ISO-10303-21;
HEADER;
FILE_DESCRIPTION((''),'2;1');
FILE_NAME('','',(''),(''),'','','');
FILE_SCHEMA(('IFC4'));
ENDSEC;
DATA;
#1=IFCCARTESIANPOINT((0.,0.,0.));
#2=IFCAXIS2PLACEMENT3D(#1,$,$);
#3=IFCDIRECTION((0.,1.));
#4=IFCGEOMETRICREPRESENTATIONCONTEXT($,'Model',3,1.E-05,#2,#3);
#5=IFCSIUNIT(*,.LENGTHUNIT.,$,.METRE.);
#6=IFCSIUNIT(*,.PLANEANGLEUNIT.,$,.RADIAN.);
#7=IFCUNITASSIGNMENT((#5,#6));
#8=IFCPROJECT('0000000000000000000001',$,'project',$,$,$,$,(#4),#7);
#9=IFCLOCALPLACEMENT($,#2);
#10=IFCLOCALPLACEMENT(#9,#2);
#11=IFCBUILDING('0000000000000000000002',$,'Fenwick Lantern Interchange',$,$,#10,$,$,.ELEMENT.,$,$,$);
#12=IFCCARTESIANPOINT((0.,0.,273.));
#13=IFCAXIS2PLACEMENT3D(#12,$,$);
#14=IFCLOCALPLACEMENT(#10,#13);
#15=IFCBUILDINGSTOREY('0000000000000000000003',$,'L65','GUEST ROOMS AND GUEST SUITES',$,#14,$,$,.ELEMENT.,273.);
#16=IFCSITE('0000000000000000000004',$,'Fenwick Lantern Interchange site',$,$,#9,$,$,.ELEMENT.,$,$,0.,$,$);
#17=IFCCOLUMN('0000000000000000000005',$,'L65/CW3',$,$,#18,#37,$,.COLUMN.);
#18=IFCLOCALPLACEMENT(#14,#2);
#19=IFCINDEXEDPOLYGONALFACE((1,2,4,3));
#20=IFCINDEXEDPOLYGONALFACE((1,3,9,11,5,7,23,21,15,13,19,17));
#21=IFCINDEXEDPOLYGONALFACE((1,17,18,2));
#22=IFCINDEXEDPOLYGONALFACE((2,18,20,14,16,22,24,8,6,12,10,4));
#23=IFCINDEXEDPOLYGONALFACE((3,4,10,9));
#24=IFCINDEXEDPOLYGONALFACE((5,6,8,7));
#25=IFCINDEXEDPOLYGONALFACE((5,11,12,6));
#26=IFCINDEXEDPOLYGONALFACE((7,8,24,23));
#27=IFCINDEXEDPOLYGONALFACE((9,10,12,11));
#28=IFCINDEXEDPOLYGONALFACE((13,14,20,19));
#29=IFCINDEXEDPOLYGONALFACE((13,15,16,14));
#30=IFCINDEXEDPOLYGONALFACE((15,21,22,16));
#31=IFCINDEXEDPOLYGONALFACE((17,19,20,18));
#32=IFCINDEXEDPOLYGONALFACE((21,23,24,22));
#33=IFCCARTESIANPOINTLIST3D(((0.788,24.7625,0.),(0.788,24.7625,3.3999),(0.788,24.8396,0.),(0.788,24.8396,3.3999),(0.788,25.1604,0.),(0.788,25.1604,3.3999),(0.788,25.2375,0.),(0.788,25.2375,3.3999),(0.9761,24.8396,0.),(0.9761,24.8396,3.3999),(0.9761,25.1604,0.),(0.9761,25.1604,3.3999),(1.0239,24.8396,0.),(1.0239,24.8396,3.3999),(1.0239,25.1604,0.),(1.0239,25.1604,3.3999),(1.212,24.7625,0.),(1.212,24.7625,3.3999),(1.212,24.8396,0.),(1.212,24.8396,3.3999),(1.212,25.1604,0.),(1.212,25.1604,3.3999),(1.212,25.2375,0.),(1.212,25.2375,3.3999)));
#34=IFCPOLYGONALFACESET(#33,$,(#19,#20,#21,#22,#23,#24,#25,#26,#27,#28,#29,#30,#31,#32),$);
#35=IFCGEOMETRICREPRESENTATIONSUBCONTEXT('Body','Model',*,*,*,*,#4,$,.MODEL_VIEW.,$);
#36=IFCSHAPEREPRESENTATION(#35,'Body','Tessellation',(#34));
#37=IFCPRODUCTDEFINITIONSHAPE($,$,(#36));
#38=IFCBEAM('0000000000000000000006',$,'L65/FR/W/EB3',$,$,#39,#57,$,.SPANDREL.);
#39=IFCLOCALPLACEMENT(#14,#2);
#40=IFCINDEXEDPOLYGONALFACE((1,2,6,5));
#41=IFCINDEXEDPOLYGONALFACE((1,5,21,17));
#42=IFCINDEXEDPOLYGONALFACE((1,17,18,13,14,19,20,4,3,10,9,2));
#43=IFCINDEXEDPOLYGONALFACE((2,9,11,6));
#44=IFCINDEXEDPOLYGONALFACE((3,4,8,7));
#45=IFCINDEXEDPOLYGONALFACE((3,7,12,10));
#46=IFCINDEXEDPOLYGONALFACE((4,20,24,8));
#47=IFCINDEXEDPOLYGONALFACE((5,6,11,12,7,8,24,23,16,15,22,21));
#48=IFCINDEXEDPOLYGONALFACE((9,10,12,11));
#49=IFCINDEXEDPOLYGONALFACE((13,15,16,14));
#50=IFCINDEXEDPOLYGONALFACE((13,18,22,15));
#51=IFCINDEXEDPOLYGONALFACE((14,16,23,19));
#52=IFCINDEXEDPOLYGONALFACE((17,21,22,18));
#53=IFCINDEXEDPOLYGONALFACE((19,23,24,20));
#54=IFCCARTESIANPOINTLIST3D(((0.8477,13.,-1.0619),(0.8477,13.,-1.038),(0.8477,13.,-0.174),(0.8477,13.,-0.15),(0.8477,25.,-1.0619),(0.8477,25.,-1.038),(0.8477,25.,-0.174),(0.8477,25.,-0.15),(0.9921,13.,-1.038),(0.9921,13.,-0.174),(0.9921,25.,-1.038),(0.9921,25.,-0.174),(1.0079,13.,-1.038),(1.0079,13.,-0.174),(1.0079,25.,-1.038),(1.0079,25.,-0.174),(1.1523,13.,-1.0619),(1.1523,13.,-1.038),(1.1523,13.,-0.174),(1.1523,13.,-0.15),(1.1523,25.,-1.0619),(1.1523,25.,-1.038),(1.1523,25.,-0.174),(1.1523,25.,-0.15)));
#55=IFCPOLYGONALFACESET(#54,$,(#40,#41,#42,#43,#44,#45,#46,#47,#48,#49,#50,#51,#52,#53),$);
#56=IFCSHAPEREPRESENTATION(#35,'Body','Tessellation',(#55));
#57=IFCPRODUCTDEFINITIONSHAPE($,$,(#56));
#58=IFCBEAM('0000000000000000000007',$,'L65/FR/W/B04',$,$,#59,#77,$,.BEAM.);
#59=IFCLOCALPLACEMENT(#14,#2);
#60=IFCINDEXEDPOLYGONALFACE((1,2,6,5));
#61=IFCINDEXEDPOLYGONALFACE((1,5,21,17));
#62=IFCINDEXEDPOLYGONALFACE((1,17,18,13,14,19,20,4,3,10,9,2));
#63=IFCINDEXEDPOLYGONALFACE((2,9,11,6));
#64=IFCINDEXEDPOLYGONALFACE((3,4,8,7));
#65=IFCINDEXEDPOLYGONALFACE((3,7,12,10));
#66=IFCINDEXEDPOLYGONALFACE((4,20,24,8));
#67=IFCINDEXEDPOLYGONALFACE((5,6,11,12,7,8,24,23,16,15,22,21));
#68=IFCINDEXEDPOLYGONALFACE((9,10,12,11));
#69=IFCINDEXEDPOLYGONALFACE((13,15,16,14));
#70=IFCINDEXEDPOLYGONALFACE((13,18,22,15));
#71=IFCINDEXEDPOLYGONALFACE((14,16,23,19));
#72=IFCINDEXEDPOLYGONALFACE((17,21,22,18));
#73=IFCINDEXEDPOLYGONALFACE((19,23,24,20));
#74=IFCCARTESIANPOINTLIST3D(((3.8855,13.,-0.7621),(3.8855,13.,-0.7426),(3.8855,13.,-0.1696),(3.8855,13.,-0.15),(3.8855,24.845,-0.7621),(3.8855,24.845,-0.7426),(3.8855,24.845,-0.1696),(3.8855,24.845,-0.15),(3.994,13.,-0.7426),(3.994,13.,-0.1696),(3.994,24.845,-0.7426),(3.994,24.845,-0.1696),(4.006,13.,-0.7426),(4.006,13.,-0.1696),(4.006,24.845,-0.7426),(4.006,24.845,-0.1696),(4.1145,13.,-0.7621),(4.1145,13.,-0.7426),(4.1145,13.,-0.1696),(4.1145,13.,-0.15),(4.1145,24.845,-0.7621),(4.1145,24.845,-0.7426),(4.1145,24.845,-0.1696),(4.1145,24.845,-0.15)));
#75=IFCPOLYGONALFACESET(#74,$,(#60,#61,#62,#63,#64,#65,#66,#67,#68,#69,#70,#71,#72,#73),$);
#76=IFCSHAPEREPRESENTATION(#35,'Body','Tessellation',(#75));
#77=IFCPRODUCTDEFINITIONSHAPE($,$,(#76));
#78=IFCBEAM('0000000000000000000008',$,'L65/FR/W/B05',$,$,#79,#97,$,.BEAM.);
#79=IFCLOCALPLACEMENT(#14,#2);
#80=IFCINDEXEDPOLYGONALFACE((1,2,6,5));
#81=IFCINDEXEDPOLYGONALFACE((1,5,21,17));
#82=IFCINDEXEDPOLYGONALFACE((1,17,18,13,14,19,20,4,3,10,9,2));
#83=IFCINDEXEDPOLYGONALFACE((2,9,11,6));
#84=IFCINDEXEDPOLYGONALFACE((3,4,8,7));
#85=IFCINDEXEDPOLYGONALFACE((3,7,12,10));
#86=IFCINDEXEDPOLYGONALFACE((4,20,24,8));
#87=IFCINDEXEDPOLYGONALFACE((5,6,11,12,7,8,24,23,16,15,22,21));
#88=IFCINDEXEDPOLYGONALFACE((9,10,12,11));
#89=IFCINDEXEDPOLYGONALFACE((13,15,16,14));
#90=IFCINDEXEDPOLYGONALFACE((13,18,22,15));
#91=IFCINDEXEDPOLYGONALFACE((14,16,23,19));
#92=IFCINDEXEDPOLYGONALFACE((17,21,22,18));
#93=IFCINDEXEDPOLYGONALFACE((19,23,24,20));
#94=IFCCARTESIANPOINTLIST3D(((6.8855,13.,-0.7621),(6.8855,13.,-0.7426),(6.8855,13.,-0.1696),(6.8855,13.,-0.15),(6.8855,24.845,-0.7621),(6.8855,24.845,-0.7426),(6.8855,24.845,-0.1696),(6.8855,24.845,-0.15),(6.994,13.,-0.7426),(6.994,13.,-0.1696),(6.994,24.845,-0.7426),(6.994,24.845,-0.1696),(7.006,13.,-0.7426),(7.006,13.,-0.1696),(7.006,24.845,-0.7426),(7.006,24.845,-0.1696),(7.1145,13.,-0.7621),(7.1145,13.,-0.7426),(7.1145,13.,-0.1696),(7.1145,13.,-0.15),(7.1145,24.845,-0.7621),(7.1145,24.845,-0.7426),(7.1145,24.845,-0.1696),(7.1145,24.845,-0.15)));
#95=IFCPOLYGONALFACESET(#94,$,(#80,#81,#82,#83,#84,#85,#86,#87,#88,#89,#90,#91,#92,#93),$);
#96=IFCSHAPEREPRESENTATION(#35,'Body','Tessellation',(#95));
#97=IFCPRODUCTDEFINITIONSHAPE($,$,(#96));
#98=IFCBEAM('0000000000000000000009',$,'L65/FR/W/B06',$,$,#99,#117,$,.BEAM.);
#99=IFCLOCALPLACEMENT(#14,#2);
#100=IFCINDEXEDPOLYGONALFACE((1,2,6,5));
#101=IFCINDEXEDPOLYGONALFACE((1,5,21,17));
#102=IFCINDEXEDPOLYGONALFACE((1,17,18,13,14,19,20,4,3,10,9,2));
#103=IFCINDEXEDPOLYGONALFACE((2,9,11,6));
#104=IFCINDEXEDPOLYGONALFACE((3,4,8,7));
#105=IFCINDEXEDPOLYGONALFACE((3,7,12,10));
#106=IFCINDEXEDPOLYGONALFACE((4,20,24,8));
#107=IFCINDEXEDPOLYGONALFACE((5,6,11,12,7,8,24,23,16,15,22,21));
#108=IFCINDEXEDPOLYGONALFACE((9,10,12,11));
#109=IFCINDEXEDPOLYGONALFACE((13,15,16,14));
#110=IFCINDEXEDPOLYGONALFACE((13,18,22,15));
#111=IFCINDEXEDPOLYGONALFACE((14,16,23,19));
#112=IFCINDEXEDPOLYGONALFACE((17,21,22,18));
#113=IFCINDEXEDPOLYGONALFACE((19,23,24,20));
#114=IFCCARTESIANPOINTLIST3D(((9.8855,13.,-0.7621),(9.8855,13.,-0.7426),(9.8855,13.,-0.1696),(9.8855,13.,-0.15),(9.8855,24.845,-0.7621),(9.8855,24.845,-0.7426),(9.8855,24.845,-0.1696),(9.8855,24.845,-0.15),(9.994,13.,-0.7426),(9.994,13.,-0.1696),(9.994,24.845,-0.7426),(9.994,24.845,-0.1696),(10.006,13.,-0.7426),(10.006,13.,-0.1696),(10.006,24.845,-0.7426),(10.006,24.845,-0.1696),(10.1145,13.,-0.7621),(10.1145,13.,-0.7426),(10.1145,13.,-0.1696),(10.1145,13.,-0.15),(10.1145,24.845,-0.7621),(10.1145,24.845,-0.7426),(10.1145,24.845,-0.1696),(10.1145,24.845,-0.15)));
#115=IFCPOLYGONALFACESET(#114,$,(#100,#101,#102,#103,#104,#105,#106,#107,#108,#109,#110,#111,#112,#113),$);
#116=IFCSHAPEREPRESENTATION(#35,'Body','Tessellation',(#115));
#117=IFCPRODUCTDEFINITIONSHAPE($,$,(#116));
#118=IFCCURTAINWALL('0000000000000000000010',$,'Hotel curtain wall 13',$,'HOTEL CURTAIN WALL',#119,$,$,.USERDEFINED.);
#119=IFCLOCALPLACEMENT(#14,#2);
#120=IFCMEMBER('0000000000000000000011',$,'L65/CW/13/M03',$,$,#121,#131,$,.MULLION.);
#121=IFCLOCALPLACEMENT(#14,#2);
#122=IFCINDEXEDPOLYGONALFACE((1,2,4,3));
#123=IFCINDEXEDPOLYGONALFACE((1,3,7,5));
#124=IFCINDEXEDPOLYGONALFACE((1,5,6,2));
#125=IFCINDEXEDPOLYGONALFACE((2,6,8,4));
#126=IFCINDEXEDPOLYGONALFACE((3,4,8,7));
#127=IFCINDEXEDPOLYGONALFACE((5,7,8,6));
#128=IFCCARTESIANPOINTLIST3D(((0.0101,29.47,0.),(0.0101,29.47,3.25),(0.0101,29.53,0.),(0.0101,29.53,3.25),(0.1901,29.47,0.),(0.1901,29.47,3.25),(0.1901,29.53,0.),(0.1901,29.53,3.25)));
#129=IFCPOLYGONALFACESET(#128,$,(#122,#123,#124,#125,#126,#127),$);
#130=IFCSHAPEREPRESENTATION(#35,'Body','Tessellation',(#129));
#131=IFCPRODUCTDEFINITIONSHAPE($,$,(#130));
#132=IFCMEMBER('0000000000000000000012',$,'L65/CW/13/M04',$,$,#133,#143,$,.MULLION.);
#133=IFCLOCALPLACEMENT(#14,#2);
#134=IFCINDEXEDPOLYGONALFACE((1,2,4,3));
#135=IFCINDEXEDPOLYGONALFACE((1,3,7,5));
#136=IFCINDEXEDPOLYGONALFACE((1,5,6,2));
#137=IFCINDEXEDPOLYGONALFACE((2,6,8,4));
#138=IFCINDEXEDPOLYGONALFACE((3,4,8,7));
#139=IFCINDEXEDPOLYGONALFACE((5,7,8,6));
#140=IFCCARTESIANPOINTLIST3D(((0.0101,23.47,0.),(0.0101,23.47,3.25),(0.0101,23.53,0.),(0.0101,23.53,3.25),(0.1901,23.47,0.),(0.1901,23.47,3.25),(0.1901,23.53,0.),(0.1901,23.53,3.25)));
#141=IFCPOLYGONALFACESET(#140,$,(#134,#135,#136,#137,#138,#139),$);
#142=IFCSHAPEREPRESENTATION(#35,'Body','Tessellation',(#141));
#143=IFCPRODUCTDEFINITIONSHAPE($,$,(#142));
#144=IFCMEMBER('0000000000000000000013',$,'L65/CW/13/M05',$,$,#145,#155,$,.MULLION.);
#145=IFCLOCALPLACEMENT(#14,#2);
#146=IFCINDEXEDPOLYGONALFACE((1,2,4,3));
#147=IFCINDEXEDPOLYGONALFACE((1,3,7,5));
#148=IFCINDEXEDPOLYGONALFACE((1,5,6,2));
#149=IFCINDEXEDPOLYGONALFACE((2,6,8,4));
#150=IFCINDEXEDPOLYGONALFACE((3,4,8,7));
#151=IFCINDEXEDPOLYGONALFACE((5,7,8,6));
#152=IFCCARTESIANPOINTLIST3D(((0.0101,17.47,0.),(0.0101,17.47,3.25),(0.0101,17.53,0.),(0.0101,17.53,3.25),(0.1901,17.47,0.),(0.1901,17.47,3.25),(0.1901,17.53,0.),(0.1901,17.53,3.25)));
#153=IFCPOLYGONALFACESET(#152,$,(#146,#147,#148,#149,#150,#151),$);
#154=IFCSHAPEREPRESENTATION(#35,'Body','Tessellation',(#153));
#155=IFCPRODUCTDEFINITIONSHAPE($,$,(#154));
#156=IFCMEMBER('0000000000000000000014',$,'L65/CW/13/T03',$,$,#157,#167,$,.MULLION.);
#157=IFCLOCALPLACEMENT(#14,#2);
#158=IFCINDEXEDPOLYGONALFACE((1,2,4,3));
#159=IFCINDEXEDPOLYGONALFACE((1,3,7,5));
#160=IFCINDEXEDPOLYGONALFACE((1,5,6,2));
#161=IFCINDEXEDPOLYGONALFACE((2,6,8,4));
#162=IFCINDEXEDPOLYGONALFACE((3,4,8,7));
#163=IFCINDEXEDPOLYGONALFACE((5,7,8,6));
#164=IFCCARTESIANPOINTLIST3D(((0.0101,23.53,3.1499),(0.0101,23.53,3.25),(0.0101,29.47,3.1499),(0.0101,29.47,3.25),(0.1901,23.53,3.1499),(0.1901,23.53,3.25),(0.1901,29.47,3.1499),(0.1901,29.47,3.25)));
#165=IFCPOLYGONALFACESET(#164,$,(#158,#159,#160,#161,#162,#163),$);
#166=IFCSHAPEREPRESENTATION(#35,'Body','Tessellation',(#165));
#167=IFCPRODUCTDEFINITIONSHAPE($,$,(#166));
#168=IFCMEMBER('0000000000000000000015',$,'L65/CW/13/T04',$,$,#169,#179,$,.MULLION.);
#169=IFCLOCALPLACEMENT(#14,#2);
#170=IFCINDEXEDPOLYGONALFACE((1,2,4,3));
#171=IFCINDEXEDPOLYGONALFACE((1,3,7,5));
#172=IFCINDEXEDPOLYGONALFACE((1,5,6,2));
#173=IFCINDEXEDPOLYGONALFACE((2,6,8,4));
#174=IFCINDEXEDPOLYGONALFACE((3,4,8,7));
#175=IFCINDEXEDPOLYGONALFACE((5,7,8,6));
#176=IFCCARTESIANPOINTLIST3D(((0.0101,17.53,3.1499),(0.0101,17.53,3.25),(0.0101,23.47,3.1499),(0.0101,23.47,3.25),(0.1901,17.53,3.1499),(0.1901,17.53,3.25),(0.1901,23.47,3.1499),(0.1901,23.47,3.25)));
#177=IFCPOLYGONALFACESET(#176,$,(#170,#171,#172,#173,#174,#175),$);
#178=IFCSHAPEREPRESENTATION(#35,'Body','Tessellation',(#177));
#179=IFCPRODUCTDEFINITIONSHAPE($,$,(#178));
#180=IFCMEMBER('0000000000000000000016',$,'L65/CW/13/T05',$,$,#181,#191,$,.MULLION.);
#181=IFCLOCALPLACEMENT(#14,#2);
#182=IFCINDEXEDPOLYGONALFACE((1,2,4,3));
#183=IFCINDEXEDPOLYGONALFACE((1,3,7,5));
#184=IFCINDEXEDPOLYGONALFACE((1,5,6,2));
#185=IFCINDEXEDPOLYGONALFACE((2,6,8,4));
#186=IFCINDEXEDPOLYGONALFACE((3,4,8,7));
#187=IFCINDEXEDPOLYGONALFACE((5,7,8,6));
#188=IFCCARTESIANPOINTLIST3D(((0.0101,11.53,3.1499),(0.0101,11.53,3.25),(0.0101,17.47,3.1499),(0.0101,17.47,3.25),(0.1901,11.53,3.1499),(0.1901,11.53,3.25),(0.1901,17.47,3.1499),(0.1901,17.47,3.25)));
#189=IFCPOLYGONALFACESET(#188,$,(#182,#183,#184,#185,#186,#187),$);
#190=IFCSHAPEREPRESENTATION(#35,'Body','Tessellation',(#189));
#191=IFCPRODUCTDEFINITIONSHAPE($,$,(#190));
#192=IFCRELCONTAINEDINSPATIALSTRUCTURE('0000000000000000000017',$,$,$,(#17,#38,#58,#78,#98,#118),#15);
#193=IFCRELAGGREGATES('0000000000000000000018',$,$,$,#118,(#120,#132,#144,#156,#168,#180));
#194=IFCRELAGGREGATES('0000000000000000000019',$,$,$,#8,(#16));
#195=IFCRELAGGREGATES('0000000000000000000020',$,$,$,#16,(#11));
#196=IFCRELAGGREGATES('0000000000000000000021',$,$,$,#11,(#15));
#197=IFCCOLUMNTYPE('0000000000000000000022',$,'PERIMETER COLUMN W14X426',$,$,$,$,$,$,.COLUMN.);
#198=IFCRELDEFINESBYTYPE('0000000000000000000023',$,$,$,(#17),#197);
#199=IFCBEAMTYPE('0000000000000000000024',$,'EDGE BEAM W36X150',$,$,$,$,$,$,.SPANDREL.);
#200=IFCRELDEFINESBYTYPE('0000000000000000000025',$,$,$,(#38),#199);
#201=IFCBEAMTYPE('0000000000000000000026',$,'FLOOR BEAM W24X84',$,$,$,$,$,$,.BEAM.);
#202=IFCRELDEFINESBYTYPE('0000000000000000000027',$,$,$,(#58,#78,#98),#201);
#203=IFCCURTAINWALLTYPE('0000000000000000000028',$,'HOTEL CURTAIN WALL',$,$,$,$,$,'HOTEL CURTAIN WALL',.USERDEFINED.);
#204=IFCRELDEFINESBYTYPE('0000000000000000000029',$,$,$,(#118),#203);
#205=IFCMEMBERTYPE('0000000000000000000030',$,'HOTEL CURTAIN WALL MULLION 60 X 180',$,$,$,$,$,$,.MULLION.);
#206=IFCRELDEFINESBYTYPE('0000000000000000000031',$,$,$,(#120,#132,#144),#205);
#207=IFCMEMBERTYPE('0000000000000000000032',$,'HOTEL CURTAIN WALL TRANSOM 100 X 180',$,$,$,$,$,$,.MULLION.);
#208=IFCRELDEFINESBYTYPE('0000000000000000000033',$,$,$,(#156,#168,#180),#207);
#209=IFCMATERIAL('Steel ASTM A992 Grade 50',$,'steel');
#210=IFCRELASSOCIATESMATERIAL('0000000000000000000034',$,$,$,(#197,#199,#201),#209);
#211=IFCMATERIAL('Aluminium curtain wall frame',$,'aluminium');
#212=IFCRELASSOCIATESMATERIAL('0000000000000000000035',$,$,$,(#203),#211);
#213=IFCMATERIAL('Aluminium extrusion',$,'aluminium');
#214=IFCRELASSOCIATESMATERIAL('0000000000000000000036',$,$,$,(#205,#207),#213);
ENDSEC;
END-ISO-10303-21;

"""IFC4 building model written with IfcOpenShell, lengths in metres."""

from ifc_helpers import new_model, si_unit, direction, frame, origin, origin_2d, place, context, subcontext, project, spatial, rectangle, i_section, extrude, material, material_profile, profile_set, type_object, element, aggregate, save


model = new_model("IFC4")

# Units and contexts
model_context = context("Model", 3, precision=1e-05, world=origin(), true_north=direction((0.0, 1.0)))
body_context = subcontext(model_context, "Body", "Model", "MODEL_VIEW")
ifc_project = project(units=[si_unit("LENGTHUNIT", "METRE"), si_unit("PLANEANGLEUNIT", "RADIAN")], contexts=[model_context])

# Site, building, storey
site_placement = place(None, origin())
site = spatial("IfcSite", under=ifc_project, at=site_placement, Name="Fenwick Lantern Interchange site", CompositionType="ELEMENT", RefElevation=0.0)
building_placement = place(site_placement, origin())
building = spatial("IfcBuilding", under=site, at=building_placement, Name="Fenwick Lantern Interchange", CompositionType="ELEMENT")
storey_placement = place(building_placement, frame((0.0, 0.0, 273.0)))
storey = spatial("IfcBuildingStorey", under=building, at=storey_placement, Name="L65", Description="GUEST ROOMS AND GUEST SUITES", CompositionType="ELEMENT", Elevation=273.0)

# Column
ifc_material_1 = material(Name="Steel ASTM A992 Grade 50", Category="steel")
ifc_material_profile_1 = material_profile(ifc_material_1, i_section(OverallWidth=0.4241, OverallDepth=0.4751, WebThickness=0.0479, FlangeThickness=0.0771, at=origin_2d()), Name="W14X426")
ifc_profile_set_1 = profile_set([ifc_material_profile_1], Name="Steel ASTM A992 Grade 50")
column_type = type_object("IfcColumnType", Name="PERIMETER COLUMN W14X426", PredefinedType="COLUMN", material=ifc_profile_set_1)
column_placement = place(storey_placement, frame((1.0, 25.0, 0.0), z_axis=(0.0, 0.0, 1.0), x_axis=(1.0, 0.0, 0.0)))
element("IfcColumn", 1, at=column_placement, inside=storey, type_object=column_type, Name="L65/CW3", PredefinedType="COLUMN", context=body_context, shape_type="SweptSolid", body=[
    extrude(i_section(OverallWidth=0.4241, OverallDepth=0.4751, WebThickness=0.0479, FlangeThickness=0.0771, at=origin_2d()), origin(), (0.0, 0.0, 1.0), 3.3999),
])

# Beams
ifc_material_profile_2 = material_profile(ifc_material_1, i_section(OverallWidth=0.3047, OverallDepth=0.9119, WebThickness=0.0159, FlangeThickness=0.0239, at=origin_2d()), Name="W36X150")
ifc_profile_set_2 = profile_set([ifc_material_profile_2], Name="Steel ASTM A992 Grade 50")
beam_type_1 = type_object("IfcBeamType", Name="EDGE BEAM W36X150", PredefinedType="SPANDREL", material=ifc_profile_set_2)
beam_1_placement = place(storey_placement, frame((1.0, 25.0, -0.606), z_axis=(0.0, -1.0, 0.0), x_axis=(1.0, 0.0, 0.0)))
element("IfcBeam", 2, at=beam_1_placement, inside=storey, type_object=beam_type_1, Name="L65/FR/W/EB3", PredefinedType="SPANDREL", context=body_context, shape_type="SweptSolid", body=[
    extrude(i_section(OverallWidth=0.3047, OverallDepth=0.9119, WebThickness=0.0159, FlangeThickness=0.0239, at=origin_2d()), origin(), (0.0, 0.0, 1.0), 12.0),
])
ifc_material_profile_3 = material_profile(ifc_material_1, i_section(OverallWidth=0.229, OverallDepth=0.6121, WebThickness=0.012, FlangeThickness=0.0195, at=origin_2d()), Name="W24X84")
ifc_profile_set_3 = profile_set([ifc_material_profile_3], Name="Steel ASTM A992 Grade 50")
beam_type_2 = type_object("IfcBeamType", Name="FLOOR BEAM W24X84", PredefinedType="BEAM", material=ifc_profile_set_3)
for number, where, z_axis, x_axis, name in (
    (3, (4.0, 24.845, -0.4561), (0.0, -1.0, 0.0), (1.0, 0.0, 0.0), "L65/FR/W/B04"),
    (4, (7.0, 24.845, -0.4561), (0.0, -1.0, 0.0), (1.0, 0.0, 0.0), "L65/FR/W/B05"),
    (5, (10.0, 24.845, -0.4561), (0.0, -1.0, 0.0), (1.0, 0.0, 0.0), "L65/FR/W/B06"),
):
    element("IfcBeam", number, at=place(storey_placement, frame(where, z_axis=z_axis, x_axis=x_axis)), inside=storey, type_object=beam_type_2, Name=name, PredefinedType="BEAM", context=body_context, shape_type="SweptSolid", body=[
        extrude(i_section(OverallWidth=0.229, OverallDepth=0.6121, WebThickness=0.012, FlangeThickness=0.0195, at=origin_2d()), origin(), (0.0, 0.0, 1.0), 11.845),
    ])

# Curtain wall, members
ifc_material_2 = material(Name="Aluminium curtain wall frame", Category="aluminium")
curtain_wall_type = type_object("IfcCurtainWallType", Name="HOTEL CURTAIN WALL", ElementType="HOTEL CURTAIN WALL", PredefinedType="USERDEFINED", material=ifc_material_2)
curtain_wall_placement = place(storey_placement, origin())
curtain_wall = element("IfcCurtainWall", 6, at=curtain_wall_placement, inside=storey, type_object=curtain_wall_type, Name="Hotel curtain wall 13", ObjectType="HOTEL CURTAIN WALL", PredefinedType="USERDEFINED")
ifc_material_3 = material(Name="Aluminium extrusion", Category="aluminium")
ifc_material_profile_4 = material_profile(ifc_material_3, rectangle(XDim=0.1799, YDim=0.0601, at=origin_2d()), Name="HOTEL CURTAIN WALL MULLION 60 X 180")
ifc_profile_set_4 = profile_set([ifc_material_profile_4], Name="Aluminium extrusion")
member_type_1 = type_object("IfcMemberType", Name="HOTEL CURTAIN WALL MULLION 60 X 180", PredefinedType="MULLION", material=ifc_profile_set_4)
member_1_placement = place(storey_placement, frame((0.1001, 29.5, 0.0), z_axis=(0.0, 0.0, 1.0), x_axis=(1.0, 0.0, 0.0)))
member_1 = element("IfcMember", 7, at=member_1_placement, type_object=member_type_1, Name="L65/CW/13/M03", PredefinedType="MULLION", context=body_context, shape_type="SweptSolid", body=[
    extrude(rectangle(XDim=0.1799, YDim=0.0601, at=origin_2d()), origin(), (0.0, 0.0, 1.0), 3.25),
])
member_2_placement = place(storey_placement, frame((0.1001, 23.5, 0.0), z_axis=(0.0, 0.0, 1.0), x_axis=(1.0, 0.0, 0.0)))
member_2 = element("IfcMember", 8, at=member_2_placement, type_object=member_type_1, Name="L65/CW/13/M04", PredefinedType="MULLION", context=body_context, shape_type="SweptSolid", body=[
    extrude(rectangle(XDim=0.1799, YDim=0.0601, at=origin_2d()), origin(), (0.0, 0.0, 1.0), 3.25),
])
member_3_placement = place(storey_placement, frame((0.1001, 17.5, 0.0), z_axis=(0.0, 0.0, 1.0), x_axis=(1.0, 0.0, 0.0)))
member_3 = element("IfcMember", 9, at=member_3_placement, type_object=member_type_1, Name="L65/CW/13/M05", PredefinedType="MULLION", context=body_context, shape_type="SweptSolid", body=[
    extrude(rectangle(XDim=0.1799, YDim=0.0601, at=origin_2d()), origin(), (0.0, 0.0, 1.0), 3.25),
])
ifc_material_profile_5 = material_profile(ifc_material_3, rectangle(XDim=0.1799, YDim=0.1001, at=origin_2d()), Name="HOTEL CURTAIN WALL TRANSOM 100 X 180")
ifc_profile_set_5 = profile_set([ifc_material_profile_5], Name="Aluminium extrusion")
member_type_2 = type_object("IfcMemberType", Name="HOTEL CURTAIN WALL TRANSOM 100 X 180", PredefinedType="MULLION", material=ifc_profile_set_5)
member_4_placement = place(storey_placement, frame((0.1001, 29.47, 3.2), z_axis=(0.0, -1.0, 0.0), x_axis=(1.0, 0.0, 0.0)))
member_4 = element("IfcMember", 10, at=member_4_placement, type_object=member_type_2, Name="L65/CW/13/T03", PredefinedType="MULLION", context=body_context, shape_type="SweptSolid", body=[
    extrude(rectangle(XDim=0.1799, YDim=0.1001, at=origin_2d()), origin(), (0.0, 0.0, 1.0), 5.9399),
])
member_5_placement = place(storey_placement, frame((0.1001, 23.47, 3.2), z_axis=(0.0, -1.0, 0.0), x_axis=(1.0, 0.0, 0.0)))
member_5 = element("IfcMember", 11, at=member_5_placement, type_object=member_type_2, Name="L65/CW/13/T04", PredefinedType="MULLION", context=body_context, shape_type="SweptSolid", body=[
    extrude(rectangle(XDim=0.1799, YDim=0.1001, at=origin_2d()), origin(), (0.0, 0.0, 1.0), 5.9399),
])
member_6_placement = place(storey_placement, frame((0.1001, 17.47, 3.2), z_axis=(0.0, -1.0, 0.0), x_axis=(1.0, 0.0, 0.0)))
member_6 = element("IfcMember", 12, at=member_6_placement, type_object=member_type_2, Name="L65/CW/13/T05", PredefinedType="MULLION", context=body_context, shape_type="SweptSolid", body=[
    extrude(rectangle(XDim=0.1799, YDim=0.1001, at=origin_2d()), origin(), (0.0, 0.0, 1.0), 5.9399),
])
aggregate(curtain_wall, [member_1, member_2, member_3, member_4, member_5, member_6])

save(model, "model.ifc")
